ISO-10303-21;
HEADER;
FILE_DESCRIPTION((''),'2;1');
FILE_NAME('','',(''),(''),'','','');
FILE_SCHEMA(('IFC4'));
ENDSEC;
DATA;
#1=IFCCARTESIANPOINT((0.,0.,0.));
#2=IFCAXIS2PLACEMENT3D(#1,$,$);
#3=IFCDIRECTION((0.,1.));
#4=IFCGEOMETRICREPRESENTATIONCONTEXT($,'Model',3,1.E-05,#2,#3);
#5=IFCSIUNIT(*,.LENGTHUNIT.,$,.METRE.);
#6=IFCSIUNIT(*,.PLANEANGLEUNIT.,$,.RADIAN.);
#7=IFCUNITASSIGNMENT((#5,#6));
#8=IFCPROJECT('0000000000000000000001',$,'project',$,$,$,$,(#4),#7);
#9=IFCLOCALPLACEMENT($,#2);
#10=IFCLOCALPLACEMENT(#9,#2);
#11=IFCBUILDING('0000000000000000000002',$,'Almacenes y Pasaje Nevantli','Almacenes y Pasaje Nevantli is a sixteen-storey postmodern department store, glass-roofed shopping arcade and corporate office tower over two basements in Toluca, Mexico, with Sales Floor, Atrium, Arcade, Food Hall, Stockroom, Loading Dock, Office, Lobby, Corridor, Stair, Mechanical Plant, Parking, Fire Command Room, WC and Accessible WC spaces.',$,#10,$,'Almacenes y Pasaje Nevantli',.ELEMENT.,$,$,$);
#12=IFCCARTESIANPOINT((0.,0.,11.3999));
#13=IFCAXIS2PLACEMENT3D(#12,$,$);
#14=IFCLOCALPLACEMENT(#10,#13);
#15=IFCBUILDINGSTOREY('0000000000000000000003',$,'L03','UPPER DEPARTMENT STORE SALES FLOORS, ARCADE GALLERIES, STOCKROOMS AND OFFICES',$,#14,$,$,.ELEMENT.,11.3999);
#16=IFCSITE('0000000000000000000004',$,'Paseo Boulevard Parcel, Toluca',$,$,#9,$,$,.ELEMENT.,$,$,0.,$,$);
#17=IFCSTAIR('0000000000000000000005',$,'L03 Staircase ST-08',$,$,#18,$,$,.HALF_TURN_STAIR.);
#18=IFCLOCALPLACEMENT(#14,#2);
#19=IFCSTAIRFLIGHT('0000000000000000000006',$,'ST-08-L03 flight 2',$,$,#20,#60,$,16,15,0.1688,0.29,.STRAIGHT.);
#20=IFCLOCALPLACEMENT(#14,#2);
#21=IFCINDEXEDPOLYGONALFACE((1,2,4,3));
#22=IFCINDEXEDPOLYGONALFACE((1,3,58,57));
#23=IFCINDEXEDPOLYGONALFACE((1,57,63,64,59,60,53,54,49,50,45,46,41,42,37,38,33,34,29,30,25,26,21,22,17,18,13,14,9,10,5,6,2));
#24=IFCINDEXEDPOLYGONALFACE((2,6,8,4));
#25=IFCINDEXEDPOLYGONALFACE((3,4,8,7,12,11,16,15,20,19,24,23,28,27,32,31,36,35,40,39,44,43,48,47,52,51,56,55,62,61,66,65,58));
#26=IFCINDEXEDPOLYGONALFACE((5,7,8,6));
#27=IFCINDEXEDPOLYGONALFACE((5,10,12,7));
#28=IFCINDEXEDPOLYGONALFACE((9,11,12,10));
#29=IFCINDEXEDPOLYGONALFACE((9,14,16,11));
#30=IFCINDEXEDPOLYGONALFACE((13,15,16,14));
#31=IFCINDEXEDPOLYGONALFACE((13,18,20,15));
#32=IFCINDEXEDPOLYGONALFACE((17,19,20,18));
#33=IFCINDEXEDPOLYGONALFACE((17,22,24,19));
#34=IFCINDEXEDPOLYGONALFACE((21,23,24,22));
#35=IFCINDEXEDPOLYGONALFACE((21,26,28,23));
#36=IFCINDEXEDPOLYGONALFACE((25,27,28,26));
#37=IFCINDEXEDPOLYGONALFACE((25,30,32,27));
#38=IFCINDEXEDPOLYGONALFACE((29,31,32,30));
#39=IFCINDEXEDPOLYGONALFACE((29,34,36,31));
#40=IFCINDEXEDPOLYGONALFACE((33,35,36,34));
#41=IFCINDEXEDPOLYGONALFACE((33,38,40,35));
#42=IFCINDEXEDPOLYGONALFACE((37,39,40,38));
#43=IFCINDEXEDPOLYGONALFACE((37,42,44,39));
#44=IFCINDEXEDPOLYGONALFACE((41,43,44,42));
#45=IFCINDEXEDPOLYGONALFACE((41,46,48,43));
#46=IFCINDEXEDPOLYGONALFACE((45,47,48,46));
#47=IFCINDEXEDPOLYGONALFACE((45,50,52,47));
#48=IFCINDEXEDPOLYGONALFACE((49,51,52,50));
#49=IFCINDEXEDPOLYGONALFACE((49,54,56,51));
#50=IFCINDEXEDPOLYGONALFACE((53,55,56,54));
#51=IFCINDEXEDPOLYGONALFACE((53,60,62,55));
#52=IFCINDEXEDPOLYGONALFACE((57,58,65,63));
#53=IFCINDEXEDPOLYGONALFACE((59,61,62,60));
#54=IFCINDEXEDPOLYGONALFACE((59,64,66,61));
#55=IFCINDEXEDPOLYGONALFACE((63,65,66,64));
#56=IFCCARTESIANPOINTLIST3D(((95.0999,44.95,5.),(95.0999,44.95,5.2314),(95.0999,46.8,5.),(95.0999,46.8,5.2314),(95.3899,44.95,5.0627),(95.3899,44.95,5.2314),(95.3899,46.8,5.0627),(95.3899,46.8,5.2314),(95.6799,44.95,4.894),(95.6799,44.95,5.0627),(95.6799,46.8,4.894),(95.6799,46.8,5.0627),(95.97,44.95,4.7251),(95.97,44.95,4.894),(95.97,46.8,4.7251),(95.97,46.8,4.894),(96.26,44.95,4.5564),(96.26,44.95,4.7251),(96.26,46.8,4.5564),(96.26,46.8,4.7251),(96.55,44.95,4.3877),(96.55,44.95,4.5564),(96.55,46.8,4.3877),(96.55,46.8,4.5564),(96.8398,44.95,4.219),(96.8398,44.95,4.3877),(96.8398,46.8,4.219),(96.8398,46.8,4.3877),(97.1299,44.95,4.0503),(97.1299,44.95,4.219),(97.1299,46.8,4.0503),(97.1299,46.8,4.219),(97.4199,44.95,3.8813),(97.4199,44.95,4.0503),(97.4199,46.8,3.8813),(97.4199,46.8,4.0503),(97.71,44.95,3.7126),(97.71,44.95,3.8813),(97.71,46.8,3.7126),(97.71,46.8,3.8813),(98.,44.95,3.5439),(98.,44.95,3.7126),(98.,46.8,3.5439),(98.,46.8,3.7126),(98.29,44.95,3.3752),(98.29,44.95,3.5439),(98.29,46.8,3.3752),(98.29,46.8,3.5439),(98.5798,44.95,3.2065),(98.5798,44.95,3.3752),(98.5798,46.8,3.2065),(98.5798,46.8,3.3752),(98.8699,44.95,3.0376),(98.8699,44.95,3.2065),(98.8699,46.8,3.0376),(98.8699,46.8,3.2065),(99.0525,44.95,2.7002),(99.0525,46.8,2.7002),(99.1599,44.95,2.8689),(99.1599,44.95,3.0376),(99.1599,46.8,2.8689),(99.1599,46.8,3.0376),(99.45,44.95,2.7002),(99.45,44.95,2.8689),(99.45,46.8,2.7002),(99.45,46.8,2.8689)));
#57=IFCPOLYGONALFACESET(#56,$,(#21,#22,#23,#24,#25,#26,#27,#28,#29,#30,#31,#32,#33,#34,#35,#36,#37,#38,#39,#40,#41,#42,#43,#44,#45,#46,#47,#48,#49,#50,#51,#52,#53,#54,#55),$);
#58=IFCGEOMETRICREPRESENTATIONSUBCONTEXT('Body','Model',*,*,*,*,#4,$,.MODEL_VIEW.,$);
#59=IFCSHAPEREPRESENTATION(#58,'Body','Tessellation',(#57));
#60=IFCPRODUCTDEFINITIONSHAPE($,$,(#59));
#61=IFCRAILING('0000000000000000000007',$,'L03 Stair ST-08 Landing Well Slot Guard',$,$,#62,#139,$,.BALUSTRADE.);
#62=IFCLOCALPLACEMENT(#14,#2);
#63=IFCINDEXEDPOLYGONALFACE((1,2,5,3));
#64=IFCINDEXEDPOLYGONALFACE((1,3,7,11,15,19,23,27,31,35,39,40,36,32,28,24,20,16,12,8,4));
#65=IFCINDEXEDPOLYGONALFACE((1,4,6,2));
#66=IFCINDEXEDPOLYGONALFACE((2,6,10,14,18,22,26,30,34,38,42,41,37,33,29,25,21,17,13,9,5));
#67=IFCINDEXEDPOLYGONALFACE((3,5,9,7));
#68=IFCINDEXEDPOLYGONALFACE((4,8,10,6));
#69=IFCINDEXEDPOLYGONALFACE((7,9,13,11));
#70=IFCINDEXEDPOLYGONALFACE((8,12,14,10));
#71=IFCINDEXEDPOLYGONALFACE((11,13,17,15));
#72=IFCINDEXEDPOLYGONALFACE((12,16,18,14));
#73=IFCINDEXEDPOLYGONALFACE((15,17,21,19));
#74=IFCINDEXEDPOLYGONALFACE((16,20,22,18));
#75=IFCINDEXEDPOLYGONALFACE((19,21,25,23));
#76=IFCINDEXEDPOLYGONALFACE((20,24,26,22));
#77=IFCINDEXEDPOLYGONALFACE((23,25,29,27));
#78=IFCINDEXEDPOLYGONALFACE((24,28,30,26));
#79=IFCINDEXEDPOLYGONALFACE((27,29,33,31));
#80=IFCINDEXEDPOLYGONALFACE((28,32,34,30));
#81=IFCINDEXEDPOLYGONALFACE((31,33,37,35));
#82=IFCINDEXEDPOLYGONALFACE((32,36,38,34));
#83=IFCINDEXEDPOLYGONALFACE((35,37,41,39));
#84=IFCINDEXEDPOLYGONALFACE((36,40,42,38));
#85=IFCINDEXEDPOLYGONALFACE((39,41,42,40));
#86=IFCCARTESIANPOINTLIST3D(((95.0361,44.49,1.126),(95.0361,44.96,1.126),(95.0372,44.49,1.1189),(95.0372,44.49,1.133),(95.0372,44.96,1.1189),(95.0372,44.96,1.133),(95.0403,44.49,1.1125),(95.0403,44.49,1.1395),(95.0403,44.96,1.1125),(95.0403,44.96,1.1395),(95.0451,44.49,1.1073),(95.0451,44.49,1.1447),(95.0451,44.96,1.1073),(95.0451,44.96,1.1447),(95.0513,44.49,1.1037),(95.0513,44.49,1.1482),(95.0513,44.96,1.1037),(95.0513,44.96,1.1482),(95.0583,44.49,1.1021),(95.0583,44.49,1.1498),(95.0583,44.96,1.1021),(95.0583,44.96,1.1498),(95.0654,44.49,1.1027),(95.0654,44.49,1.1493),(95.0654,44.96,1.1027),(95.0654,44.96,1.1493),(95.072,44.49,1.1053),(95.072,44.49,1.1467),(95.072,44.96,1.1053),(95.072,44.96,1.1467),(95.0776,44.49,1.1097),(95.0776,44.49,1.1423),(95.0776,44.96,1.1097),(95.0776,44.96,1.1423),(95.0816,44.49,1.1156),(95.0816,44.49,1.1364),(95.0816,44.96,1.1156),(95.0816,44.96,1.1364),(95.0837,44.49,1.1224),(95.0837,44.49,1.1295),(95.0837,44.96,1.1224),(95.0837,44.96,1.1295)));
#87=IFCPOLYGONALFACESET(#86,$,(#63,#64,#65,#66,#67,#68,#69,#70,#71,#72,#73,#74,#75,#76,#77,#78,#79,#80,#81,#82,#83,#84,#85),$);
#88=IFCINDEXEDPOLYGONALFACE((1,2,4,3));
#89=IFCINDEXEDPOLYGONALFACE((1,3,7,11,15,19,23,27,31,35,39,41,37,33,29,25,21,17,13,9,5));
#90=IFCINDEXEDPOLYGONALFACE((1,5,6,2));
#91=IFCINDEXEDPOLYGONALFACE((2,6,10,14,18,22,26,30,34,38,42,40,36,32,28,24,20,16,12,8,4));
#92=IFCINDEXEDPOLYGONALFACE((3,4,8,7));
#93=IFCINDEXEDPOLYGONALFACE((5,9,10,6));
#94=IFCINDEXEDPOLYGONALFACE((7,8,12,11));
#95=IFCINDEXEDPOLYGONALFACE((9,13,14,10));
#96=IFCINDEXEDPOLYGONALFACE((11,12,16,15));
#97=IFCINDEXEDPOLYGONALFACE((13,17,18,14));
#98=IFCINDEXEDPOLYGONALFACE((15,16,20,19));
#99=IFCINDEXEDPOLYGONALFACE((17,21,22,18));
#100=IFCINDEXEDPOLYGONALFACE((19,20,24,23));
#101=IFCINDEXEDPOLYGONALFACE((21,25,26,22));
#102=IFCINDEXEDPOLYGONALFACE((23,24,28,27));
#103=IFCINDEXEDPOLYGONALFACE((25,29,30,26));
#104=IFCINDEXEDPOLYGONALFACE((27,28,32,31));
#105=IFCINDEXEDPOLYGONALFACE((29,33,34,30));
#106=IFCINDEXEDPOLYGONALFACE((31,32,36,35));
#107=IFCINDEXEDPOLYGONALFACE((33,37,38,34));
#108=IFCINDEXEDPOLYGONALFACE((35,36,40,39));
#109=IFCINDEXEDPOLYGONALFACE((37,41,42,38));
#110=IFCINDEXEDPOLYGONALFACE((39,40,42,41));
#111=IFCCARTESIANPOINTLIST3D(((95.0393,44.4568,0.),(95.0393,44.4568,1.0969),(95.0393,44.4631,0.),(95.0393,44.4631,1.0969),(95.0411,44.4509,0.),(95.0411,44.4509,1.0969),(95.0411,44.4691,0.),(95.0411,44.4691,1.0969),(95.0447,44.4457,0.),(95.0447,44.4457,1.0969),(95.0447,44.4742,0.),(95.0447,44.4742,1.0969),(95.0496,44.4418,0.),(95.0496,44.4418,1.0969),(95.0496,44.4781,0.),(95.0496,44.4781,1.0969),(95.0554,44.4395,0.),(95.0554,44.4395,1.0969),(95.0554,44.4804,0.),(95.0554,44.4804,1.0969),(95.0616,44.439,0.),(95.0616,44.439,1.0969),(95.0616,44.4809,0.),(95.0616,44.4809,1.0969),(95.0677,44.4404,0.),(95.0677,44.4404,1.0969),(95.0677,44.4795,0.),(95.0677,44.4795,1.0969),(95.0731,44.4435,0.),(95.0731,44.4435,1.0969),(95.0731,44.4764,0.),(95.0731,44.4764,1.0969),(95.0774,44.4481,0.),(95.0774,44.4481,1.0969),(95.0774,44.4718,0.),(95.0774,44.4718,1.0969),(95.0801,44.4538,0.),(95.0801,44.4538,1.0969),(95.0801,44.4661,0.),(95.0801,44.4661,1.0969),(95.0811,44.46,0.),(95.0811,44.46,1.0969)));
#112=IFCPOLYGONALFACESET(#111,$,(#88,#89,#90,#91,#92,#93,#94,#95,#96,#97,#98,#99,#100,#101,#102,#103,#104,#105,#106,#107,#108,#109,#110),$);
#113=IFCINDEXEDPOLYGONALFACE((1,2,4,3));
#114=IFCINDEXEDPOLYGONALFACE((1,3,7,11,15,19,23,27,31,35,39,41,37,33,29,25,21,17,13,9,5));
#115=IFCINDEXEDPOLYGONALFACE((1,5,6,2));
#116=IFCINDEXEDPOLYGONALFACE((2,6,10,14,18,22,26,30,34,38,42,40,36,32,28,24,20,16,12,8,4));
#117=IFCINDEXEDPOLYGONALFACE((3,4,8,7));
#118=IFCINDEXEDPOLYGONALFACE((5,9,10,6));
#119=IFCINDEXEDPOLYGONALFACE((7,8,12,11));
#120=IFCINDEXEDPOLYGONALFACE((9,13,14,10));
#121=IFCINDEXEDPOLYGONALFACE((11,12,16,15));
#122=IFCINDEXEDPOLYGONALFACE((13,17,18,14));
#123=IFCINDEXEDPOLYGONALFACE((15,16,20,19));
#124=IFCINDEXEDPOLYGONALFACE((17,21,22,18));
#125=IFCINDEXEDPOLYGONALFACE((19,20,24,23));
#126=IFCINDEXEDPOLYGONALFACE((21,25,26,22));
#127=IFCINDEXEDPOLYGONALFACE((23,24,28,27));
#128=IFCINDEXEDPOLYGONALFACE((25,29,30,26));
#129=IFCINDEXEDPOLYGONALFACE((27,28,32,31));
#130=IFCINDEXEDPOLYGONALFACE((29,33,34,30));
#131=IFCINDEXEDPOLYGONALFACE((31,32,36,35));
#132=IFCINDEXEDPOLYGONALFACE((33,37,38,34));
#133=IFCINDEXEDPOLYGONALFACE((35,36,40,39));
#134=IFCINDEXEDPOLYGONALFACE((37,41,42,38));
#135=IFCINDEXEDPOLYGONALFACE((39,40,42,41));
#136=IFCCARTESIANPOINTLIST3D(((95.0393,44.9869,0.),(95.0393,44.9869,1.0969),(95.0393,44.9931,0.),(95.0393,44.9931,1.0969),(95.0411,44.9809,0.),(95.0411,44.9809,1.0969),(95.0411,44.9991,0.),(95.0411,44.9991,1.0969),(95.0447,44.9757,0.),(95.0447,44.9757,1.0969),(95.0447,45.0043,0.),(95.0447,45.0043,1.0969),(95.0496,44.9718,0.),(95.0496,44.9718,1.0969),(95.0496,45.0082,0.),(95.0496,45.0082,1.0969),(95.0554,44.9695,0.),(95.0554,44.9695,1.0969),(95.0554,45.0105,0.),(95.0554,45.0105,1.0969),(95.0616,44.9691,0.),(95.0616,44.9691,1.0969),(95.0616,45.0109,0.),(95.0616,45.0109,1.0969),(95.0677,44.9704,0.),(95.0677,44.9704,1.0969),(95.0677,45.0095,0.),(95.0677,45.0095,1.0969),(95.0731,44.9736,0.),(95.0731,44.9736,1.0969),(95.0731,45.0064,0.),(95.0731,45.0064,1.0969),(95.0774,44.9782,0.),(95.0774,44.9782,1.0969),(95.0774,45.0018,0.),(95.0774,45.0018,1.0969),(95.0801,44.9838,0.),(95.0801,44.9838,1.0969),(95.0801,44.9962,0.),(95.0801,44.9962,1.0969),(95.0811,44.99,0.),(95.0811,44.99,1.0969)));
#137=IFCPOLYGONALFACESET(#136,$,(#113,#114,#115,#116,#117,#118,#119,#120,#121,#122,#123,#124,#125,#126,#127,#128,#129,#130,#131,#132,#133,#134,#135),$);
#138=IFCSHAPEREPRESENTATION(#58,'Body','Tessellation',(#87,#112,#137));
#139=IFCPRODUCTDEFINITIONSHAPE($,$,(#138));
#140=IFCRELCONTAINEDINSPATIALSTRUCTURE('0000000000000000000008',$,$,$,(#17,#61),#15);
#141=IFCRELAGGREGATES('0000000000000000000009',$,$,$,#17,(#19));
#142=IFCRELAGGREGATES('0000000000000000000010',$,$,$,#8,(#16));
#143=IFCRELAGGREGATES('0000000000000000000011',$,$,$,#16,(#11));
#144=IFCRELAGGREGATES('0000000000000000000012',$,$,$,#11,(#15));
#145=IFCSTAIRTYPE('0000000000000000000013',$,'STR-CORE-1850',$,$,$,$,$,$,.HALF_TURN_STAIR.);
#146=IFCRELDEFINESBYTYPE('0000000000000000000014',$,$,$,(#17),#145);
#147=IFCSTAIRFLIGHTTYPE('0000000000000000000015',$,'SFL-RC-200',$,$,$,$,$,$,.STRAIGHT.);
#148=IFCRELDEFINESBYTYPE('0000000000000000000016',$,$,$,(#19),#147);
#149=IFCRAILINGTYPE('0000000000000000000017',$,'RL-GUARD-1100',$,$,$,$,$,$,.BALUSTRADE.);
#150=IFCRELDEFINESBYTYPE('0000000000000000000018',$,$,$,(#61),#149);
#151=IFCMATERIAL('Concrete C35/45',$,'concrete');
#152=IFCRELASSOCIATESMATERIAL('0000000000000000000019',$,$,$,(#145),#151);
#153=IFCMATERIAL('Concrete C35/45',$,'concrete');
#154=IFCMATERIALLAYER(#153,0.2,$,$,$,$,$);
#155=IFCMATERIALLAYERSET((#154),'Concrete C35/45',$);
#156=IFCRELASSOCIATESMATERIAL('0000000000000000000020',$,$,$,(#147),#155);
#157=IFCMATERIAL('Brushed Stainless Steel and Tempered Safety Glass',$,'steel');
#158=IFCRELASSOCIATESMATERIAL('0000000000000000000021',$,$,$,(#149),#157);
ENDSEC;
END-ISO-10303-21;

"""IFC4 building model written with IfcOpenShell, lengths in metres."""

from ifc_helpers import new_model, si_unit, direction, frame, origin, origin_2d, place, context, subcontext, project, spatial, polyline, circle, outline, extrude, material, layer, layer_set, type_object, element, aggregate, save


model = new_model("IFC4")

# Units and contexts
model_context = context("Model", 3, precision=1e-05, world=origin(), true_north=direction((0.0, 1.0)))
body_context = subcontext(model_context, "Body", "Model", "MODEL_VIEW")
ifc_project = project(units=[si_unit("LENGTHUNIT", "METRE"), si_unit("PLANEANGLEUNIT", "RADIAN")], contexts=[model_context])

# Site, building, storey
site_placement = place(None, origin())
site = spatial("IfcSite", under=ifc_project, at=site_placement, Name="Paseo Boulevard Parcel, Toluca", CompositionType="ELEMENT", RefElevation=0.0)
building_placement = place(site_placement, origin())
building = spatial("IfcBuilding", under=site, at=building_placement, Name="Almacenes y Pasaje Nevantli", Description="Almacenes y Pasaje Nevantli is a sixteen-storey postmodern department store, glass-roofed shopping arcade and corporate office tower over two basements in Toluca, Mexico, with Sales Floor, Atrium, Arcade, Food Hall, Stockroom, Loading Dock, Office, Lobby, Corridor, Stair, Mechanical Plant, Parking, Fire Command Room, WC and Accessible WC spaces.", LongName="Almacenes y Pasaje Nevantli", CompositionType="ELEMENT")
storey_placement = place(building_placement, frame((0.0, 0.0, 11.3999)))
storey = spatial("IfcBuildingStorey", under=building, at=storey_placement, Name="L03", Description="UPPER DEPARTMENT STORE SALES FLOORS, ARCADE GALLERIES, STOCKROOMS AND OFFICES", CompositionType="ELEMENT", Elevation=11.3999)

# Stair, stair flight
ifc_material_1 = material(Name="Concrete C35/45", Category="concrete")
stair_type = type_object("IfcStairType", Name="STR-CORE-1850", PredefinedType="HALF_TURN_STAIR", material=ifc_material_1)
stair_placement = place(storey_placement, origin())
stair = element("IfcStair", 1, at=stair_placement, inside=storey, type_object=stair_type, Name="L03 Staircase ST-08", PredefinedType="HALF_TURN_STAIR")
ifc_material_2 = material(Name="Concrete C35/45", Category="concrete")
ifc_layer_1 = layer(ifc_material_2, 0.2)
ifc_layer_set_1 = layer_set([ifc_layer_1], Name="Concrete C35/45")
stair_flight_type = type_object("IfcStairFlightType", Name="SFL-RC-200", PredefinedType="STRAIGHT", material=ifc_layer_set_1)
stair_flight_1_placement = place(storey_placement, frame((99.45, 45.875, 2.7002), z_axis=(0.0, 0.0, 1.0), x_axis=(-1.0, 0.0, 0.0)))
stair_flight_1 = element("IfcStairFlight", 2, at=stair_flight_1_placement, type_object=stair_flight_type, Name="ST-08-L03 flight 2", NumberOfRisers=16, NumberOfTreads=15, PredefinedType="STRAIGHT", RiserHeight=0.1688, TreadLength=0.29, context=body_context, shape_type="SweptSolid", body=[
    extrude(outline(polyline([(0.0, 0.0), (0.0, 0.1687), (0.29, 0.1687), (0.29, 0.3374), (0.5801, 0.3374), (0.5801, 0.5063), (0.8701, 0.5063), (0.8701, 0.675), (1.1599, 0.675), (1.1599, 0.8438), (1.45, 0.8438), (1.45, 1.0125), (1.74, 1.0125), (1.74, 1.1812), (2.03, 1.1812), (2.03, 1.3501), (2.3201, 1.3501), (2.3201, 1.5188), (2.6101, 1.5188), (2.6101, 1.6875), (2.8999, 1.6875), (2.8999, 1.8562), (3.1899, 1.8562), (3.1899, 2.0249), (3.48, 2.0249), (3.48, 2.1938), (3.77, 2.1938), (3.77, 2.3625), (4.0601, 2.3625), (4.0601, 2.5312), (4.3501, 2.5312), (4.3501, 2.7), (4.3501, 2.2998), (0.3975, 0.0), (0.0, 0.0)])), frame((0.0, 0.925, 0.0), z_axis=(0.0, -1.0, 0.0), x_axis=(1.0, 0.0, 0.0)), (0.0, 0.0, 1.0), 1.8501),
])
aggregate(stair, [stair_flight_1])

# Railing
ifc_material_3 = material(Name="Brushed Stainless Steel and Tempered Safety Glass", Category="steel")
railing_type_1 = type_object("IfcRailingType", Name="RL-GUARD-1100", PredefinedType="BALUSTRADE", material=ifc_material_3)
railing_1_placement = place(storey_placement, frame((95.0601, 44.46, 0.0)))
element("IfcRailing", 3, at=railing_1_placement, inside=storey, type_object=railing_type_1, Name="L03 Stair ST-08 Landing Well Slot Guard", PredefinedType="BALUSTRADE", context=body_context, shape_type="SweptSolid", body=[
    extrude(circle(Radius=0.0239, at=origin_2d()), frame((0.0, 0.03, 1.126), z_axis=(0.0, 1.0, 0.0), x_axis=(-1.0, 0.0, 0.0)), (0.0, 0.0, 1.0), 0.47),
    extrude(circle(Radius=0.021, at=origin_2d()), origin(), (0.0, 0.0, 1.0), 1.0969),
    extrude(circle(Radius=0.021, at=origin_2d()), frame((0.0, 0.53, 0.0)), (0.0, 0.0, 1.0), 1.0969),
])

save(model, "model.ifc")
